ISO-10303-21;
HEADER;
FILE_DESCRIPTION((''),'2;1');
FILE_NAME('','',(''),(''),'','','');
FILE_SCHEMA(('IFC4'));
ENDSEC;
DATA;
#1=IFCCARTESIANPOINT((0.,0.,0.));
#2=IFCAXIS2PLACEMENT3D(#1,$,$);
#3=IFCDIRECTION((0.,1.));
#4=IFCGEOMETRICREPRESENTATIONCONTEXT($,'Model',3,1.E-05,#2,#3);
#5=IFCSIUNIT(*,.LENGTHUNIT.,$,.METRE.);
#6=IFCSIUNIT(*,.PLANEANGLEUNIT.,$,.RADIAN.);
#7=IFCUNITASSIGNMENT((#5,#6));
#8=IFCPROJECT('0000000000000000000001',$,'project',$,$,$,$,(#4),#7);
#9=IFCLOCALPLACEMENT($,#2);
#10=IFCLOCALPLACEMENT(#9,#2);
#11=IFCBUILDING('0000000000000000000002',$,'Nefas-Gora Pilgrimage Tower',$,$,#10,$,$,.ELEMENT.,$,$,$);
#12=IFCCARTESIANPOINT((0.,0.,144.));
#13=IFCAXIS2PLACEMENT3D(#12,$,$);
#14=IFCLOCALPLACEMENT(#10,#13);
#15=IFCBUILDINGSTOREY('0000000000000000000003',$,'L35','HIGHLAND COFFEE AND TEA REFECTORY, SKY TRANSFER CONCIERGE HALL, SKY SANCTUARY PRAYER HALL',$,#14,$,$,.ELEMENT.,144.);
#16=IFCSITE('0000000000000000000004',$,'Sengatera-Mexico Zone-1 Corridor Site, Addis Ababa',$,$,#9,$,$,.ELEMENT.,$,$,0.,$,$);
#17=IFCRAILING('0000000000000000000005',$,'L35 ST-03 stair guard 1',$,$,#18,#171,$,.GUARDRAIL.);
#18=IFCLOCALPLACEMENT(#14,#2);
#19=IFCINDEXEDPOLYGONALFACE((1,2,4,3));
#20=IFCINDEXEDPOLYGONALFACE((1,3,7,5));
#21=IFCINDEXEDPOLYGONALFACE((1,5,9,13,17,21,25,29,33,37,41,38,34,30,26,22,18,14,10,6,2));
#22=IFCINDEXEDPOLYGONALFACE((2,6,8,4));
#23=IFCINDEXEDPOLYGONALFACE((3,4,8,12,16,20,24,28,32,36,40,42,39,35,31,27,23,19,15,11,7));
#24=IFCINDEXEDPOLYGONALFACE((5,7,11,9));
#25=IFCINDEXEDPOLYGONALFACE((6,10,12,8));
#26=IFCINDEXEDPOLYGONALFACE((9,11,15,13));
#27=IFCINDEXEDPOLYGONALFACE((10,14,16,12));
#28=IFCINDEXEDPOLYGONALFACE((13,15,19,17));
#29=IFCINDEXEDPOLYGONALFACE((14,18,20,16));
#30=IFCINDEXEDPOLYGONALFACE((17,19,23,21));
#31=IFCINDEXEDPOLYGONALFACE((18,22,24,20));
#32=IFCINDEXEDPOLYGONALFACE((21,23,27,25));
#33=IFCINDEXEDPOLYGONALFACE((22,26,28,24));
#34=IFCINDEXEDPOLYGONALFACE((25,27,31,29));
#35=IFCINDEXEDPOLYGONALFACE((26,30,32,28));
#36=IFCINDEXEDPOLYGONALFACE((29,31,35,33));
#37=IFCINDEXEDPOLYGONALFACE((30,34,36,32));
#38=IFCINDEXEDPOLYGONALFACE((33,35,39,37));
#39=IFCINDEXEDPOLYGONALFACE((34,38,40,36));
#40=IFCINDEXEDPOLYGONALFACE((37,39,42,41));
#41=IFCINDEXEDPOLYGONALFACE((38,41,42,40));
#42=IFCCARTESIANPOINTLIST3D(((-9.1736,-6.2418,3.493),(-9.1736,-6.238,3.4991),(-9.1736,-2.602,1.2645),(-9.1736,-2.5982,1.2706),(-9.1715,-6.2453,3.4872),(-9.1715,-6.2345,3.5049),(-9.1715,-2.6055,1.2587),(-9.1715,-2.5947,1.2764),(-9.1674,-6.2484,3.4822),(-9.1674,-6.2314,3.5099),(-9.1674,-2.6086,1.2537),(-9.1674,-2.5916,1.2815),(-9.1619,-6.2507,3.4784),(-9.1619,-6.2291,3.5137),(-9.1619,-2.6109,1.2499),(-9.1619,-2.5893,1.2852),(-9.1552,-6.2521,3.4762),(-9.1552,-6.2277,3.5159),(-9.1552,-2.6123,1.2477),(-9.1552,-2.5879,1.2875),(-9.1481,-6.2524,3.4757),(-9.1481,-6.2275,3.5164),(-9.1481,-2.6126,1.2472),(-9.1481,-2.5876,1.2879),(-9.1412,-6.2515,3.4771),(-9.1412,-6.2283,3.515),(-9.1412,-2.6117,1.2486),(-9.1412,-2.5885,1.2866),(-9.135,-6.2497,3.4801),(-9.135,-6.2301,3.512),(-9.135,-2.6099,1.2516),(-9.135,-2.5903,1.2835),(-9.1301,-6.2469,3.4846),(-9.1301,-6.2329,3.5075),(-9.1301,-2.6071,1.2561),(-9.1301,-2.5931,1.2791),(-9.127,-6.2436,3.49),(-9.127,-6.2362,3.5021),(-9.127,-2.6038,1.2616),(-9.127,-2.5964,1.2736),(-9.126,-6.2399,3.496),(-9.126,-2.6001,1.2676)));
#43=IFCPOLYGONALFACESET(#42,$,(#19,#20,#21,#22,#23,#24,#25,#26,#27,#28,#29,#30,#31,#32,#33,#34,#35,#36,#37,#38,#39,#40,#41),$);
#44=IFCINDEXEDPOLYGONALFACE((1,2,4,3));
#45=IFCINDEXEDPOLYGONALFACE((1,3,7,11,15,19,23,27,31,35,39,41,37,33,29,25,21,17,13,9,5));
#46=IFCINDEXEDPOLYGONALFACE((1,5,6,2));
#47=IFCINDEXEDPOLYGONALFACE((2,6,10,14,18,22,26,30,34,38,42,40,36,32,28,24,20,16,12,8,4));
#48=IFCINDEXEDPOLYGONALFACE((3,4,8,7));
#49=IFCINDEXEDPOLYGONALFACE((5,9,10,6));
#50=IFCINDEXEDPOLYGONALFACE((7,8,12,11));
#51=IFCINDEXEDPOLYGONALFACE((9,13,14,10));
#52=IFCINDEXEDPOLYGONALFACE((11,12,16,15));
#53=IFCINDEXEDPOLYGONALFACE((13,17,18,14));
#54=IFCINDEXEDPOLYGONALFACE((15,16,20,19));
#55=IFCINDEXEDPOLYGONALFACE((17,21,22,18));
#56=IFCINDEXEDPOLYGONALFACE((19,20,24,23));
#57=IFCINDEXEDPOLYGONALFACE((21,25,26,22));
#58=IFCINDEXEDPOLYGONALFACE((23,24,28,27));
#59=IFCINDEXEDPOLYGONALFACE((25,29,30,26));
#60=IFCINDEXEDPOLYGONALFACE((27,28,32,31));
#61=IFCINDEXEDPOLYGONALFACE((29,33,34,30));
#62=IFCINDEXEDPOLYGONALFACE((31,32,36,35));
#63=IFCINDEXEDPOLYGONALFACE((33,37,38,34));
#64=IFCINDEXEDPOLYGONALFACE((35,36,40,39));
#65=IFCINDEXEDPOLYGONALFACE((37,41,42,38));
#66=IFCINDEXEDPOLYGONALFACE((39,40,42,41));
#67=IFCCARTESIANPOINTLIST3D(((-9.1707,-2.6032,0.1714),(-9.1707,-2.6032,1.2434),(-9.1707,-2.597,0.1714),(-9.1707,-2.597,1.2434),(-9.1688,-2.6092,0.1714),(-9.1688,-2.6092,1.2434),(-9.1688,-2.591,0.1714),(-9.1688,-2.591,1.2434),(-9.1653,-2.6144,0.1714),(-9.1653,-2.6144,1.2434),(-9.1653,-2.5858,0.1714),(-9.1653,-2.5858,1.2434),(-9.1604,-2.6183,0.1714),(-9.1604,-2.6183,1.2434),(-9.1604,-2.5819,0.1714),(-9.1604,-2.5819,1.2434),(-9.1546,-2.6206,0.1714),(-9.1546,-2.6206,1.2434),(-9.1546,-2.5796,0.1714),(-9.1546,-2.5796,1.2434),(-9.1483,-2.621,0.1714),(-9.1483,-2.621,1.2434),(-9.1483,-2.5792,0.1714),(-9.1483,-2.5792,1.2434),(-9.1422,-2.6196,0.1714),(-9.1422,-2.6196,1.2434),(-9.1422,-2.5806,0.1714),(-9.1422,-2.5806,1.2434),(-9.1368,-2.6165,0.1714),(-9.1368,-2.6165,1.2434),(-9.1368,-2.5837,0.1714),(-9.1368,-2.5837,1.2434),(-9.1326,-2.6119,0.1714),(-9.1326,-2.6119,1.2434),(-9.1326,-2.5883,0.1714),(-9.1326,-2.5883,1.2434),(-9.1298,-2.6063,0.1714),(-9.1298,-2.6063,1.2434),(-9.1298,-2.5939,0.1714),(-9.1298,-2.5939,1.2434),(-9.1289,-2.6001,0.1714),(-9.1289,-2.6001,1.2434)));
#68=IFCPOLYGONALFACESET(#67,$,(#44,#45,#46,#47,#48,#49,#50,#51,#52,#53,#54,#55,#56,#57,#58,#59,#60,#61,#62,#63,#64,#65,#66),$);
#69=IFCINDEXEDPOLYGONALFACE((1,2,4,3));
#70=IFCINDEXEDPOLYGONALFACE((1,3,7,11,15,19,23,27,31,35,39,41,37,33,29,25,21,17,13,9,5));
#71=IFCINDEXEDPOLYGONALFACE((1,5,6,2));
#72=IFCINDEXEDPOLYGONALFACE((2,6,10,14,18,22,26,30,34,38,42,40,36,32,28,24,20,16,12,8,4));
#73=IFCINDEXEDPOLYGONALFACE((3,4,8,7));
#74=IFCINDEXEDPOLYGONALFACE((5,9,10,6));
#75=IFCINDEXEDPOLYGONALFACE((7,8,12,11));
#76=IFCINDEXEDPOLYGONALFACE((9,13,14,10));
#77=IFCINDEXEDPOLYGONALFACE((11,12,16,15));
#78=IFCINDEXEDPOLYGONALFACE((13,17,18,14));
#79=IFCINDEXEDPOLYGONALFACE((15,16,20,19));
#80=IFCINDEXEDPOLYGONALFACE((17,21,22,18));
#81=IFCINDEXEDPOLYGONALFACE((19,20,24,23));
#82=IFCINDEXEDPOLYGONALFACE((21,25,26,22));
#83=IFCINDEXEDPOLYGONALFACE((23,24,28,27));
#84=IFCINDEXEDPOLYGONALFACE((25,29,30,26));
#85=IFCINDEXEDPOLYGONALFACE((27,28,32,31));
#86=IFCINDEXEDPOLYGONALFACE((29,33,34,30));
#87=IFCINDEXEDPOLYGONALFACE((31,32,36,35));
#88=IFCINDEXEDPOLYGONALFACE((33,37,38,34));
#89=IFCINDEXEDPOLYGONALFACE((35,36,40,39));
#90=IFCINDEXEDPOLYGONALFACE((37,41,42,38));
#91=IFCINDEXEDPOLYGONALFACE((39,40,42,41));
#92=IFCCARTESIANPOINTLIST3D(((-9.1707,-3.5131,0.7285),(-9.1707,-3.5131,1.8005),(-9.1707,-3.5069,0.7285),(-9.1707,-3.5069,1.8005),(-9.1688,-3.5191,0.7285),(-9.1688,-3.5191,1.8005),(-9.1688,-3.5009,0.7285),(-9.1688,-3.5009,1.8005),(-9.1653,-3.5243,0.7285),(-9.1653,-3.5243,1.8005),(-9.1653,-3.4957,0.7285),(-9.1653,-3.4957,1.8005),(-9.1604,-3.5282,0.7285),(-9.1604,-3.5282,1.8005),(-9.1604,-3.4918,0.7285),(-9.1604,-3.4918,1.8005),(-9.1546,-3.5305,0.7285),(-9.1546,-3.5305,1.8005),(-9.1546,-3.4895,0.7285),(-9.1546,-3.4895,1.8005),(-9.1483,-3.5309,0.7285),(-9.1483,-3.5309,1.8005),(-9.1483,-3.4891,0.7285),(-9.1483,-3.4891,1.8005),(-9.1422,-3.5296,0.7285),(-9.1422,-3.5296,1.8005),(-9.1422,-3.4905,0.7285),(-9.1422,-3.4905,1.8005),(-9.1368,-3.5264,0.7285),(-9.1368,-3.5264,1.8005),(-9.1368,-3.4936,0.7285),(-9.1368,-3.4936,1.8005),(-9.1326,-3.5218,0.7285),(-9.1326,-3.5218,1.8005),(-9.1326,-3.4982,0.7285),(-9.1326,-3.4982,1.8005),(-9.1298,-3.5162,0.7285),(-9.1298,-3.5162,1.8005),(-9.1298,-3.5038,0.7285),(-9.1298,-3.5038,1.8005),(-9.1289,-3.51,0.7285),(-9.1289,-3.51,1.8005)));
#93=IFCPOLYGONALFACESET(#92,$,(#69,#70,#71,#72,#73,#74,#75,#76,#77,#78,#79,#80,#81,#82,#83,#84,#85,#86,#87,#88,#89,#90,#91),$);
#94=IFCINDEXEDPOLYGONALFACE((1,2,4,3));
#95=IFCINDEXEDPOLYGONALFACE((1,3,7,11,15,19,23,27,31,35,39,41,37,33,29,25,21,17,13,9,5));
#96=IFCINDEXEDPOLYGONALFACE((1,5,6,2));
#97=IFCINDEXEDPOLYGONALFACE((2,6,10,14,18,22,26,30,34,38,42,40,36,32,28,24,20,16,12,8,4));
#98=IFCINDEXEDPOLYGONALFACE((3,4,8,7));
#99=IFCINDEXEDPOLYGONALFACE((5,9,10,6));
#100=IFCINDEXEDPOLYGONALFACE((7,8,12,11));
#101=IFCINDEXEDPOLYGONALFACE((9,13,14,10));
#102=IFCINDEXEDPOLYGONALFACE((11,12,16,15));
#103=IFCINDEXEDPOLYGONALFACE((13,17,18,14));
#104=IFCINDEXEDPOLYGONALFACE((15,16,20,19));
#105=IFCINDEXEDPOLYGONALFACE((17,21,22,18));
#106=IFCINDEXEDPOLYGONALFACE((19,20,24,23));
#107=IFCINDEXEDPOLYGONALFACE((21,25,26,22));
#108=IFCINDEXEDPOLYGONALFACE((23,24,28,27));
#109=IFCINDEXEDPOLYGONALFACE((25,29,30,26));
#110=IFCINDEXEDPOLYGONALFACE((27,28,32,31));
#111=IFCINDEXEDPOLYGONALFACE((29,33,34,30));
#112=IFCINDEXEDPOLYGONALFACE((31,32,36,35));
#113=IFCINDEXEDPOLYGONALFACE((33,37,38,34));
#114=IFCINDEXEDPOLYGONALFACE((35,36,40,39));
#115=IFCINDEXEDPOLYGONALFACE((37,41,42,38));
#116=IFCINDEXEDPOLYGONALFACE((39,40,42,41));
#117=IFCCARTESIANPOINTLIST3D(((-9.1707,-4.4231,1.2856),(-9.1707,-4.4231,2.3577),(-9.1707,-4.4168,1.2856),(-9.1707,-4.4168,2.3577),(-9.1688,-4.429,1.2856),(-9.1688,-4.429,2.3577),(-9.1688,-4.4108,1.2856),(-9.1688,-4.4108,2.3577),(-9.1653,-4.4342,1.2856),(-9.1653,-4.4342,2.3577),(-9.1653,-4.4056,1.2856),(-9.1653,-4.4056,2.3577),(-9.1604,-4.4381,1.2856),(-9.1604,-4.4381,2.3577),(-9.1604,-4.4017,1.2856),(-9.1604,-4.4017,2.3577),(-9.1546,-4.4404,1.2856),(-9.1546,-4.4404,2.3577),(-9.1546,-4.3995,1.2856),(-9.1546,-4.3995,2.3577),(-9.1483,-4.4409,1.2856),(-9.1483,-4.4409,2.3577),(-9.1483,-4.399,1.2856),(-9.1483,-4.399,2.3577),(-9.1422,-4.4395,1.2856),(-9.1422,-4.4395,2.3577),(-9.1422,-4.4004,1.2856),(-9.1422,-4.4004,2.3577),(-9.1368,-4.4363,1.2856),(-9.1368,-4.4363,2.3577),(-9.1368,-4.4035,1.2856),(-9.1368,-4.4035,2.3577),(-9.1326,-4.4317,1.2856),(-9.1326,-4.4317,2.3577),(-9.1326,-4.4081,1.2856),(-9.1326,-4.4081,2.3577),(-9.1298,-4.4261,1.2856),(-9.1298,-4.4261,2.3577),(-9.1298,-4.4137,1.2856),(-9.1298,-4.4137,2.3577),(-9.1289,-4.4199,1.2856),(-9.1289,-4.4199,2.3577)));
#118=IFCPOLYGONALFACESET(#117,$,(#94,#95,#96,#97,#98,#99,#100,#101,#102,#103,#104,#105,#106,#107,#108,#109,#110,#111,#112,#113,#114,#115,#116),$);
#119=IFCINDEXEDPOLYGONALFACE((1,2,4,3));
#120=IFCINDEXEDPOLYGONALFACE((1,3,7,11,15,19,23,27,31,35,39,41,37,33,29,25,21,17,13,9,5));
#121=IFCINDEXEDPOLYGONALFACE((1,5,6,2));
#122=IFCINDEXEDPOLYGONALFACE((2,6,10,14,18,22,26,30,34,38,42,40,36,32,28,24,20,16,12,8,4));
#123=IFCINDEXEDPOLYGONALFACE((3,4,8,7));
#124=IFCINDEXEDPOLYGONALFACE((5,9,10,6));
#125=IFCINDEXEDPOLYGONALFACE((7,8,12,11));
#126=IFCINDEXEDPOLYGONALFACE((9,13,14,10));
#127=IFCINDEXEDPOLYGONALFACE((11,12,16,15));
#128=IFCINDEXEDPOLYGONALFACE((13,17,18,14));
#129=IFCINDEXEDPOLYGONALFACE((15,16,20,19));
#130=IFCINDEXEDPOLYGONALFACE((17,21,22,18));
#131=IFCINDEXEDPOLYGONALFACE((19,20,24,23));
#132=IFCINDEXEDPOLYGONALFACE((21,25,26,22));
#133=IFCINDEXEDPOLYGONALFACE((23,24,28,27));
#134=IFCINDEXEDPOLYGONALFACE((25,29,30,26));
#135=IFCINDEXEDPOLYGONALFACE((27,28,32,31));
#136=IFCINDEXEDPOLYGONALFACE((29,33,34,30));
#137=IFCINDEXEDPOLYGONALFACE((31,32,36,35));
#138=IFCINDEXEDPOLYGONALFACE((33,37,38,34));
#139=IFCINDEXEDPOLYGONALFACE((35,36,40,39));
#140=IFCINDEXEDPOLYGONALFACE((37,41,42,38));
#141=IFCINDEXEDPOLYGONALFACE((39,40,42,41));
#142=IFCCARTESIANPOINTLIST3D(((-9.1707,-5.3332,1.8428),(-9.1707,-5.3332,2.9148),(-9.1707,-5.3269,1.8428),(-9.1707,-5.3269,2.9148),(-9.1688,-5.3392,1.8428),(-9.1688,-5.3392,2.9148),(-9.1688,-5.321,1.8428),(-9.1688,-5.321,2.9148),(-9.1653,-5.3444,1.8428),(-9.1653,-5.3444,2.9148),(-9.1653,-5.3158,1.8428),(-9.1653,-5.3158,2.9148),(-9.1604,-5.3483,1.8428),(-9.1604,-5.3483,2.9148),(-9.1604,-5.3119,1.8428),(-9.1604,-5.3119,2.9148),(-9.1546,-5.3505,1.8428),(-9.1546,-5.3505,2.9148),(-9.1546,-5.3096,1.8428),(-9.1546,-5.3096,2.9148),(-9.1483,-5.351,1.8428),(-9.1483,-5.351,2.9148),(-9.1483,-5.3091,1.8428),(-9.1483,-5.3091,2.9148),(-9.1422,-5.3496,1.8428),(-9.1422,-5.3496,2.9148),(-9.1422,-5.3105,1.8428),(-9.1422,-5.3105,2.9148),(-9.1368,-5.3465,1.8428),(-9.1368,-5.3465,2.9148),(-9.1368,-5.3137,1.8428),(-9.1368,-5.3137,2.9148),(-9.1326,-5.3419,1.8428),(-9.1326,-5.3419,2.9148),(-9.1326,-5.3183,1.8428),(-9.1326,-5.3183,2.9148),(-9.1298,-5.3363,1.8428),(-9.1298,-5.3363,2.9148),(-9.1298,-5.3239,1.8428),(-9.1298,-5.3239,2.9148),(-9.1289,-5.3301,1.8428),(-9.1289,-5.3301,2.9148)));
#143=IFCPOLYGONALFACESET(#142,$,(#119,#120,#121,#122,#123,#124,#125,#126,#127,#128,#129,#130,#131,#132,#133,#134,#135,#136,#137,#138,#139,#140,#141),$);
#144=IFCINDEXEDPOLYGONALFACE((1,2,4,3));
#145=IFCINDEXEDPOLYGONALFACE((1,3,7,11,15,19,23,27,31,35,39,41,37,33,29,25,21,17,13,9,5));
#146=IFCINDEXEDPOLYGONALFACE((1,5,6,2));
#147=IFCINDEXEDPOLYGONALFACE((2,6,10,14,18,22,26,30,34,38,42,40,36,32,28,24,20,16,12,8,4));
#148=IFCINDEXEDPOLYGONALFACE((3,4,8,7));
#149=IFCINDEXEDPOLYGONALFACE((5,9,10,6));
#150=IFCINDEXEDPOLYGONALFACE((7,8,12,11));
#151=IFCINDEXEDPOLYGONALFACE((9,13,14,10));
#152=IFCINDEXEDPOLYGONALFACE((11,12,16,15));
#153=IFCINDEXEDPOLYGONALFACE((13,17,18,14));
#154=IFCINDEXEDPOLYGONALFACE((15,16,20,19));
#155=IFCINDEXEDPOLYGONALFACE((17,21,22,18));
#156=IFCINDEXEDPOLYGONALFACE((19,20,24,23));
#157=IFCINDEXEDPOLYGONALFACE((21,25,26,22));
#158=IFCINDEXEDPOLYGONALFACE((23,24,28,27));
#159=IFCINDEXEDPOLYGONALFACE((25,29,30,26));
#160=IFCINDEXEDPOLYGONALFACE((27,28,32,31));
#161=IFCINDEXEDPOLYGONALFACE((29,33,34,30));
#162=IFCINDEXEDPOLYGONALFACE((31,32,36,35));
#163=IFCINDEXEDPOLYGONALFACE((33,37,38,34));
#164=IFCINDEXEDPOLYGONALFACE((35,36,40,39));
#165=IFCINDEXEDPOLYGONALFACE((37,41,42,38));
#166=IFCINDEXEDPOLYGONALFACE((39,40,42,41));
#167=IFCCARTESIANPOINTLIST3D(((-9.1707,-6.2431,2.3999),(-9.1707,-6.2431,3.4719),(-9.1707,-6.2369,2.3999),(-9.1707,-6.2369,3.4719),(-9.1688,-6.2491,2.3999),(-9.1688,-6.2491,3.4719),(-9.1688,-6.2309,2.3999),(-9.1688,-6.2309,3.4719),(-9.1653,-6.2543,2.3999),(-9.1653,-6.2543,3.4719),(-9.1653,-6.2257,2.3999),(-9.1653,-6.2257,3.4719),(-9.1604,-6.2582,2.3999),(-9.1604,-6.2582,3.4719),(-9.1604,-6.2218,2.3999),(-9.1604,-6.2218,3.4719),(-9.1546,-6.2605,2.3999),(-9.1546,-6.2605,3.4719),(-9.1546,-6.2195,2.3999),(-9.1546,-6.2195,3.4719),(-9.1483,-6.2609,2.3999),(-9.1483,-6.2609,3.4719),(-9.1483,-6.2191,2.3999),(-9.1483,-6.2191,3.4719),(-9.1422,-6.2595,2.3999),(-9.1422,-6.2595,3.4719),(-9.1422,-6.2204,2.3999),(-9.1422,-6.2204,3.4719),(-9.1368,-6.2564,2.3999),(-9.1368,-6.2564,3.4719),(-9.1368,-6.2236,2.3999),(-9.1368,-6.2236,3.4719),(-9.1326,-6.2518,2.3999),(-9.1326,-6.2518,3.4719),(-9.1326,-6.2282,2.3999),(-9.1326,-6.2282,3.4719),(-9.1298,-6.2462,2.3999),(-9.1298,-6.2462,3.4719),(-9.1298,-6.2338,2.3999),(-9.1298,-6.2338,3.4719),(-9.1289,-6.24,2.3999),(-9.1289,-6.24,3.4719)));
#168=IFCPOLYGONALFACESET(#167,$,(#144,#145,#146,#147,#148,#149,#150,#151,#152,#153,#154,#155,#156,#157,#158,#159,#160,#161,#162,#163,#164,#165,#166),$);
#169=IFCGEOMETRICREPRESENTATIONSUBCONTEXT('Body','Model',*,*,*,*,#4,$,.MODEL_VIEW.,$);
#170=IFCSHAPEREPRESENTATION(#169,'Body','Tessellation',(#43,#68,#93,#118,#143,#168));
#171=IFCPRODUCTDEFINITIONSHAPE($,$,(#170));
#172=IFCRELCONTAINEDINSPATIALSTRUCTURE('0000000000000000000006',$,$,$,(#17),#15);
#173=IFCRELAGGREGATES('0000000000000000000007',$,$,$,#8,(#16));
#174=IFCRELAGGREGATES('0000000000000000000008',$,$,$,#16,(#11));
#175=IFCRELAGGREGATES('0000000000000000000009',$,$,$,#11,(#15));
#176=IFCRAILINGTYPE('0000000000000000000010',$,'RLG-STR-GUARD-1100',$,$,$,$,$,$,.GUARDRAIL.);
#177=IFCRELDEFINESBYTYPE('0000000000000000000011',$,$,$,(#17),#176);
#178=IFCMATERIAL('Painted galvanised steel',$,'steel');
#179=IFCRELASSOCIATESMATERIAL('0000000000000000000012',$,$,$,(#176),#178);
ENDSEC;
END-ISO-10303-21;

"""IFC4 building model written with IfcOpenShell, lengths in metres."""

from ifc_helpers import new_model, si_unit, direction, frame, origin, origin_2d, place, context, subcontext, project, spatial, circle, extrude, material, type_object, element, save


model = new_model("IFC4")

# Units and contexts
model_context = context("Model", 3, precision=1e-05, world=origin(), true_north=direction((0.0, 1.0)))
body_context = subcontext(model_context, "Body", "Model", "MODEL_VIEW")
ifc_project = project(units=[si_unit("LENGTHUNIT", "METRE"), si_unit("PLANEANGLEUNIT", "RADIAN")], contexts=[model_context])

# Site, building, storey
site_placement = place(None, origin())
site = spatial("IfcSite", under=ifc_project, at=site_placement, Name="Sengatera-Mexico Zone-1 Corridor Site, Addis Ababa", CompositionType="ELEMENT", RefElevation=0.0)
building_placement = place(site_placement, origin())
building = spatial("IfcBuilding", under=site, at=building_placement, Name="Nefas-Gora Pilgrimage Tower", CompositionType="ELEMENT")
storey_placement = place(building_placement, frame((0.0, 0.0, 144.0)))
storey = spatial("IfcBuildingStorey", under=building, at=storey_placement, Name="L35", Description="HIGHLAND COFFEE AND TEA REFECTORY, SKY TRANSFER CONCIERGE HALL, SKY SANCTUARY PRAYER HALL", CompositionType="ELEMENT", Elevation=144.0)

# Railing
ifc_material_1 = material(Name="Painted galvanised steel", Category="steel")
railing_type_1 = type_object("IfcRailingType", Name="RLG-STR-GUARD-1100", PredefinedType="GUARDRAIL", material=ifc_material_1)
railing_1_placement = place(storey_placement, frame((-9.1499, -2.6001, 0.1714)))
element("IfcRailing", 1, at=railing_1_placement, inside=storey, type_object=railing_type_1, Name="L35 ST-03 stair guard 1", PredefinedType="GUARDRAIL", context=body_context, shape_type="SweptSolid", body=[
    extrude(circle(Radius=0.0239, at=origin_2d()), frame((0.0, 0.0, 1.0962), z_axis=(0.0, -0.85285, 0.522156), x_axis=(1.0, 0.0, 0.0)), (0.0, 0.0, 1.0), 4.2678),
    extrude(circle(Radius=0.021, at=origin_2d()), origin(), (0.0, 0.0, 1.0), 1.072),
    extrude(circle(Radius=0.021, at=origin_2d()), frame((0.0, -0.9099, 0.5571)), (0.0, 0.0, 1.0), 1.072),
    extrude(circle(Radius=0.021, at=origin_2d()), frame((0.0, -1.8198, 1.1143)), (0.0, 0.0, 1.0), 1.072),
    extrude(circle(Radius=0.021, at=origin_2d()), frame((0.0, -2.73, 1.6714)), (0.0, 0.0, 1.0), 1.072),
    extrude(circle(Radius=0.021, at=origin_2d()), frame((0.0, -3.6399, 2.2285)), (0.0, 0.0, 1.0), 1.072),
])

save(model, "model.ifc")
